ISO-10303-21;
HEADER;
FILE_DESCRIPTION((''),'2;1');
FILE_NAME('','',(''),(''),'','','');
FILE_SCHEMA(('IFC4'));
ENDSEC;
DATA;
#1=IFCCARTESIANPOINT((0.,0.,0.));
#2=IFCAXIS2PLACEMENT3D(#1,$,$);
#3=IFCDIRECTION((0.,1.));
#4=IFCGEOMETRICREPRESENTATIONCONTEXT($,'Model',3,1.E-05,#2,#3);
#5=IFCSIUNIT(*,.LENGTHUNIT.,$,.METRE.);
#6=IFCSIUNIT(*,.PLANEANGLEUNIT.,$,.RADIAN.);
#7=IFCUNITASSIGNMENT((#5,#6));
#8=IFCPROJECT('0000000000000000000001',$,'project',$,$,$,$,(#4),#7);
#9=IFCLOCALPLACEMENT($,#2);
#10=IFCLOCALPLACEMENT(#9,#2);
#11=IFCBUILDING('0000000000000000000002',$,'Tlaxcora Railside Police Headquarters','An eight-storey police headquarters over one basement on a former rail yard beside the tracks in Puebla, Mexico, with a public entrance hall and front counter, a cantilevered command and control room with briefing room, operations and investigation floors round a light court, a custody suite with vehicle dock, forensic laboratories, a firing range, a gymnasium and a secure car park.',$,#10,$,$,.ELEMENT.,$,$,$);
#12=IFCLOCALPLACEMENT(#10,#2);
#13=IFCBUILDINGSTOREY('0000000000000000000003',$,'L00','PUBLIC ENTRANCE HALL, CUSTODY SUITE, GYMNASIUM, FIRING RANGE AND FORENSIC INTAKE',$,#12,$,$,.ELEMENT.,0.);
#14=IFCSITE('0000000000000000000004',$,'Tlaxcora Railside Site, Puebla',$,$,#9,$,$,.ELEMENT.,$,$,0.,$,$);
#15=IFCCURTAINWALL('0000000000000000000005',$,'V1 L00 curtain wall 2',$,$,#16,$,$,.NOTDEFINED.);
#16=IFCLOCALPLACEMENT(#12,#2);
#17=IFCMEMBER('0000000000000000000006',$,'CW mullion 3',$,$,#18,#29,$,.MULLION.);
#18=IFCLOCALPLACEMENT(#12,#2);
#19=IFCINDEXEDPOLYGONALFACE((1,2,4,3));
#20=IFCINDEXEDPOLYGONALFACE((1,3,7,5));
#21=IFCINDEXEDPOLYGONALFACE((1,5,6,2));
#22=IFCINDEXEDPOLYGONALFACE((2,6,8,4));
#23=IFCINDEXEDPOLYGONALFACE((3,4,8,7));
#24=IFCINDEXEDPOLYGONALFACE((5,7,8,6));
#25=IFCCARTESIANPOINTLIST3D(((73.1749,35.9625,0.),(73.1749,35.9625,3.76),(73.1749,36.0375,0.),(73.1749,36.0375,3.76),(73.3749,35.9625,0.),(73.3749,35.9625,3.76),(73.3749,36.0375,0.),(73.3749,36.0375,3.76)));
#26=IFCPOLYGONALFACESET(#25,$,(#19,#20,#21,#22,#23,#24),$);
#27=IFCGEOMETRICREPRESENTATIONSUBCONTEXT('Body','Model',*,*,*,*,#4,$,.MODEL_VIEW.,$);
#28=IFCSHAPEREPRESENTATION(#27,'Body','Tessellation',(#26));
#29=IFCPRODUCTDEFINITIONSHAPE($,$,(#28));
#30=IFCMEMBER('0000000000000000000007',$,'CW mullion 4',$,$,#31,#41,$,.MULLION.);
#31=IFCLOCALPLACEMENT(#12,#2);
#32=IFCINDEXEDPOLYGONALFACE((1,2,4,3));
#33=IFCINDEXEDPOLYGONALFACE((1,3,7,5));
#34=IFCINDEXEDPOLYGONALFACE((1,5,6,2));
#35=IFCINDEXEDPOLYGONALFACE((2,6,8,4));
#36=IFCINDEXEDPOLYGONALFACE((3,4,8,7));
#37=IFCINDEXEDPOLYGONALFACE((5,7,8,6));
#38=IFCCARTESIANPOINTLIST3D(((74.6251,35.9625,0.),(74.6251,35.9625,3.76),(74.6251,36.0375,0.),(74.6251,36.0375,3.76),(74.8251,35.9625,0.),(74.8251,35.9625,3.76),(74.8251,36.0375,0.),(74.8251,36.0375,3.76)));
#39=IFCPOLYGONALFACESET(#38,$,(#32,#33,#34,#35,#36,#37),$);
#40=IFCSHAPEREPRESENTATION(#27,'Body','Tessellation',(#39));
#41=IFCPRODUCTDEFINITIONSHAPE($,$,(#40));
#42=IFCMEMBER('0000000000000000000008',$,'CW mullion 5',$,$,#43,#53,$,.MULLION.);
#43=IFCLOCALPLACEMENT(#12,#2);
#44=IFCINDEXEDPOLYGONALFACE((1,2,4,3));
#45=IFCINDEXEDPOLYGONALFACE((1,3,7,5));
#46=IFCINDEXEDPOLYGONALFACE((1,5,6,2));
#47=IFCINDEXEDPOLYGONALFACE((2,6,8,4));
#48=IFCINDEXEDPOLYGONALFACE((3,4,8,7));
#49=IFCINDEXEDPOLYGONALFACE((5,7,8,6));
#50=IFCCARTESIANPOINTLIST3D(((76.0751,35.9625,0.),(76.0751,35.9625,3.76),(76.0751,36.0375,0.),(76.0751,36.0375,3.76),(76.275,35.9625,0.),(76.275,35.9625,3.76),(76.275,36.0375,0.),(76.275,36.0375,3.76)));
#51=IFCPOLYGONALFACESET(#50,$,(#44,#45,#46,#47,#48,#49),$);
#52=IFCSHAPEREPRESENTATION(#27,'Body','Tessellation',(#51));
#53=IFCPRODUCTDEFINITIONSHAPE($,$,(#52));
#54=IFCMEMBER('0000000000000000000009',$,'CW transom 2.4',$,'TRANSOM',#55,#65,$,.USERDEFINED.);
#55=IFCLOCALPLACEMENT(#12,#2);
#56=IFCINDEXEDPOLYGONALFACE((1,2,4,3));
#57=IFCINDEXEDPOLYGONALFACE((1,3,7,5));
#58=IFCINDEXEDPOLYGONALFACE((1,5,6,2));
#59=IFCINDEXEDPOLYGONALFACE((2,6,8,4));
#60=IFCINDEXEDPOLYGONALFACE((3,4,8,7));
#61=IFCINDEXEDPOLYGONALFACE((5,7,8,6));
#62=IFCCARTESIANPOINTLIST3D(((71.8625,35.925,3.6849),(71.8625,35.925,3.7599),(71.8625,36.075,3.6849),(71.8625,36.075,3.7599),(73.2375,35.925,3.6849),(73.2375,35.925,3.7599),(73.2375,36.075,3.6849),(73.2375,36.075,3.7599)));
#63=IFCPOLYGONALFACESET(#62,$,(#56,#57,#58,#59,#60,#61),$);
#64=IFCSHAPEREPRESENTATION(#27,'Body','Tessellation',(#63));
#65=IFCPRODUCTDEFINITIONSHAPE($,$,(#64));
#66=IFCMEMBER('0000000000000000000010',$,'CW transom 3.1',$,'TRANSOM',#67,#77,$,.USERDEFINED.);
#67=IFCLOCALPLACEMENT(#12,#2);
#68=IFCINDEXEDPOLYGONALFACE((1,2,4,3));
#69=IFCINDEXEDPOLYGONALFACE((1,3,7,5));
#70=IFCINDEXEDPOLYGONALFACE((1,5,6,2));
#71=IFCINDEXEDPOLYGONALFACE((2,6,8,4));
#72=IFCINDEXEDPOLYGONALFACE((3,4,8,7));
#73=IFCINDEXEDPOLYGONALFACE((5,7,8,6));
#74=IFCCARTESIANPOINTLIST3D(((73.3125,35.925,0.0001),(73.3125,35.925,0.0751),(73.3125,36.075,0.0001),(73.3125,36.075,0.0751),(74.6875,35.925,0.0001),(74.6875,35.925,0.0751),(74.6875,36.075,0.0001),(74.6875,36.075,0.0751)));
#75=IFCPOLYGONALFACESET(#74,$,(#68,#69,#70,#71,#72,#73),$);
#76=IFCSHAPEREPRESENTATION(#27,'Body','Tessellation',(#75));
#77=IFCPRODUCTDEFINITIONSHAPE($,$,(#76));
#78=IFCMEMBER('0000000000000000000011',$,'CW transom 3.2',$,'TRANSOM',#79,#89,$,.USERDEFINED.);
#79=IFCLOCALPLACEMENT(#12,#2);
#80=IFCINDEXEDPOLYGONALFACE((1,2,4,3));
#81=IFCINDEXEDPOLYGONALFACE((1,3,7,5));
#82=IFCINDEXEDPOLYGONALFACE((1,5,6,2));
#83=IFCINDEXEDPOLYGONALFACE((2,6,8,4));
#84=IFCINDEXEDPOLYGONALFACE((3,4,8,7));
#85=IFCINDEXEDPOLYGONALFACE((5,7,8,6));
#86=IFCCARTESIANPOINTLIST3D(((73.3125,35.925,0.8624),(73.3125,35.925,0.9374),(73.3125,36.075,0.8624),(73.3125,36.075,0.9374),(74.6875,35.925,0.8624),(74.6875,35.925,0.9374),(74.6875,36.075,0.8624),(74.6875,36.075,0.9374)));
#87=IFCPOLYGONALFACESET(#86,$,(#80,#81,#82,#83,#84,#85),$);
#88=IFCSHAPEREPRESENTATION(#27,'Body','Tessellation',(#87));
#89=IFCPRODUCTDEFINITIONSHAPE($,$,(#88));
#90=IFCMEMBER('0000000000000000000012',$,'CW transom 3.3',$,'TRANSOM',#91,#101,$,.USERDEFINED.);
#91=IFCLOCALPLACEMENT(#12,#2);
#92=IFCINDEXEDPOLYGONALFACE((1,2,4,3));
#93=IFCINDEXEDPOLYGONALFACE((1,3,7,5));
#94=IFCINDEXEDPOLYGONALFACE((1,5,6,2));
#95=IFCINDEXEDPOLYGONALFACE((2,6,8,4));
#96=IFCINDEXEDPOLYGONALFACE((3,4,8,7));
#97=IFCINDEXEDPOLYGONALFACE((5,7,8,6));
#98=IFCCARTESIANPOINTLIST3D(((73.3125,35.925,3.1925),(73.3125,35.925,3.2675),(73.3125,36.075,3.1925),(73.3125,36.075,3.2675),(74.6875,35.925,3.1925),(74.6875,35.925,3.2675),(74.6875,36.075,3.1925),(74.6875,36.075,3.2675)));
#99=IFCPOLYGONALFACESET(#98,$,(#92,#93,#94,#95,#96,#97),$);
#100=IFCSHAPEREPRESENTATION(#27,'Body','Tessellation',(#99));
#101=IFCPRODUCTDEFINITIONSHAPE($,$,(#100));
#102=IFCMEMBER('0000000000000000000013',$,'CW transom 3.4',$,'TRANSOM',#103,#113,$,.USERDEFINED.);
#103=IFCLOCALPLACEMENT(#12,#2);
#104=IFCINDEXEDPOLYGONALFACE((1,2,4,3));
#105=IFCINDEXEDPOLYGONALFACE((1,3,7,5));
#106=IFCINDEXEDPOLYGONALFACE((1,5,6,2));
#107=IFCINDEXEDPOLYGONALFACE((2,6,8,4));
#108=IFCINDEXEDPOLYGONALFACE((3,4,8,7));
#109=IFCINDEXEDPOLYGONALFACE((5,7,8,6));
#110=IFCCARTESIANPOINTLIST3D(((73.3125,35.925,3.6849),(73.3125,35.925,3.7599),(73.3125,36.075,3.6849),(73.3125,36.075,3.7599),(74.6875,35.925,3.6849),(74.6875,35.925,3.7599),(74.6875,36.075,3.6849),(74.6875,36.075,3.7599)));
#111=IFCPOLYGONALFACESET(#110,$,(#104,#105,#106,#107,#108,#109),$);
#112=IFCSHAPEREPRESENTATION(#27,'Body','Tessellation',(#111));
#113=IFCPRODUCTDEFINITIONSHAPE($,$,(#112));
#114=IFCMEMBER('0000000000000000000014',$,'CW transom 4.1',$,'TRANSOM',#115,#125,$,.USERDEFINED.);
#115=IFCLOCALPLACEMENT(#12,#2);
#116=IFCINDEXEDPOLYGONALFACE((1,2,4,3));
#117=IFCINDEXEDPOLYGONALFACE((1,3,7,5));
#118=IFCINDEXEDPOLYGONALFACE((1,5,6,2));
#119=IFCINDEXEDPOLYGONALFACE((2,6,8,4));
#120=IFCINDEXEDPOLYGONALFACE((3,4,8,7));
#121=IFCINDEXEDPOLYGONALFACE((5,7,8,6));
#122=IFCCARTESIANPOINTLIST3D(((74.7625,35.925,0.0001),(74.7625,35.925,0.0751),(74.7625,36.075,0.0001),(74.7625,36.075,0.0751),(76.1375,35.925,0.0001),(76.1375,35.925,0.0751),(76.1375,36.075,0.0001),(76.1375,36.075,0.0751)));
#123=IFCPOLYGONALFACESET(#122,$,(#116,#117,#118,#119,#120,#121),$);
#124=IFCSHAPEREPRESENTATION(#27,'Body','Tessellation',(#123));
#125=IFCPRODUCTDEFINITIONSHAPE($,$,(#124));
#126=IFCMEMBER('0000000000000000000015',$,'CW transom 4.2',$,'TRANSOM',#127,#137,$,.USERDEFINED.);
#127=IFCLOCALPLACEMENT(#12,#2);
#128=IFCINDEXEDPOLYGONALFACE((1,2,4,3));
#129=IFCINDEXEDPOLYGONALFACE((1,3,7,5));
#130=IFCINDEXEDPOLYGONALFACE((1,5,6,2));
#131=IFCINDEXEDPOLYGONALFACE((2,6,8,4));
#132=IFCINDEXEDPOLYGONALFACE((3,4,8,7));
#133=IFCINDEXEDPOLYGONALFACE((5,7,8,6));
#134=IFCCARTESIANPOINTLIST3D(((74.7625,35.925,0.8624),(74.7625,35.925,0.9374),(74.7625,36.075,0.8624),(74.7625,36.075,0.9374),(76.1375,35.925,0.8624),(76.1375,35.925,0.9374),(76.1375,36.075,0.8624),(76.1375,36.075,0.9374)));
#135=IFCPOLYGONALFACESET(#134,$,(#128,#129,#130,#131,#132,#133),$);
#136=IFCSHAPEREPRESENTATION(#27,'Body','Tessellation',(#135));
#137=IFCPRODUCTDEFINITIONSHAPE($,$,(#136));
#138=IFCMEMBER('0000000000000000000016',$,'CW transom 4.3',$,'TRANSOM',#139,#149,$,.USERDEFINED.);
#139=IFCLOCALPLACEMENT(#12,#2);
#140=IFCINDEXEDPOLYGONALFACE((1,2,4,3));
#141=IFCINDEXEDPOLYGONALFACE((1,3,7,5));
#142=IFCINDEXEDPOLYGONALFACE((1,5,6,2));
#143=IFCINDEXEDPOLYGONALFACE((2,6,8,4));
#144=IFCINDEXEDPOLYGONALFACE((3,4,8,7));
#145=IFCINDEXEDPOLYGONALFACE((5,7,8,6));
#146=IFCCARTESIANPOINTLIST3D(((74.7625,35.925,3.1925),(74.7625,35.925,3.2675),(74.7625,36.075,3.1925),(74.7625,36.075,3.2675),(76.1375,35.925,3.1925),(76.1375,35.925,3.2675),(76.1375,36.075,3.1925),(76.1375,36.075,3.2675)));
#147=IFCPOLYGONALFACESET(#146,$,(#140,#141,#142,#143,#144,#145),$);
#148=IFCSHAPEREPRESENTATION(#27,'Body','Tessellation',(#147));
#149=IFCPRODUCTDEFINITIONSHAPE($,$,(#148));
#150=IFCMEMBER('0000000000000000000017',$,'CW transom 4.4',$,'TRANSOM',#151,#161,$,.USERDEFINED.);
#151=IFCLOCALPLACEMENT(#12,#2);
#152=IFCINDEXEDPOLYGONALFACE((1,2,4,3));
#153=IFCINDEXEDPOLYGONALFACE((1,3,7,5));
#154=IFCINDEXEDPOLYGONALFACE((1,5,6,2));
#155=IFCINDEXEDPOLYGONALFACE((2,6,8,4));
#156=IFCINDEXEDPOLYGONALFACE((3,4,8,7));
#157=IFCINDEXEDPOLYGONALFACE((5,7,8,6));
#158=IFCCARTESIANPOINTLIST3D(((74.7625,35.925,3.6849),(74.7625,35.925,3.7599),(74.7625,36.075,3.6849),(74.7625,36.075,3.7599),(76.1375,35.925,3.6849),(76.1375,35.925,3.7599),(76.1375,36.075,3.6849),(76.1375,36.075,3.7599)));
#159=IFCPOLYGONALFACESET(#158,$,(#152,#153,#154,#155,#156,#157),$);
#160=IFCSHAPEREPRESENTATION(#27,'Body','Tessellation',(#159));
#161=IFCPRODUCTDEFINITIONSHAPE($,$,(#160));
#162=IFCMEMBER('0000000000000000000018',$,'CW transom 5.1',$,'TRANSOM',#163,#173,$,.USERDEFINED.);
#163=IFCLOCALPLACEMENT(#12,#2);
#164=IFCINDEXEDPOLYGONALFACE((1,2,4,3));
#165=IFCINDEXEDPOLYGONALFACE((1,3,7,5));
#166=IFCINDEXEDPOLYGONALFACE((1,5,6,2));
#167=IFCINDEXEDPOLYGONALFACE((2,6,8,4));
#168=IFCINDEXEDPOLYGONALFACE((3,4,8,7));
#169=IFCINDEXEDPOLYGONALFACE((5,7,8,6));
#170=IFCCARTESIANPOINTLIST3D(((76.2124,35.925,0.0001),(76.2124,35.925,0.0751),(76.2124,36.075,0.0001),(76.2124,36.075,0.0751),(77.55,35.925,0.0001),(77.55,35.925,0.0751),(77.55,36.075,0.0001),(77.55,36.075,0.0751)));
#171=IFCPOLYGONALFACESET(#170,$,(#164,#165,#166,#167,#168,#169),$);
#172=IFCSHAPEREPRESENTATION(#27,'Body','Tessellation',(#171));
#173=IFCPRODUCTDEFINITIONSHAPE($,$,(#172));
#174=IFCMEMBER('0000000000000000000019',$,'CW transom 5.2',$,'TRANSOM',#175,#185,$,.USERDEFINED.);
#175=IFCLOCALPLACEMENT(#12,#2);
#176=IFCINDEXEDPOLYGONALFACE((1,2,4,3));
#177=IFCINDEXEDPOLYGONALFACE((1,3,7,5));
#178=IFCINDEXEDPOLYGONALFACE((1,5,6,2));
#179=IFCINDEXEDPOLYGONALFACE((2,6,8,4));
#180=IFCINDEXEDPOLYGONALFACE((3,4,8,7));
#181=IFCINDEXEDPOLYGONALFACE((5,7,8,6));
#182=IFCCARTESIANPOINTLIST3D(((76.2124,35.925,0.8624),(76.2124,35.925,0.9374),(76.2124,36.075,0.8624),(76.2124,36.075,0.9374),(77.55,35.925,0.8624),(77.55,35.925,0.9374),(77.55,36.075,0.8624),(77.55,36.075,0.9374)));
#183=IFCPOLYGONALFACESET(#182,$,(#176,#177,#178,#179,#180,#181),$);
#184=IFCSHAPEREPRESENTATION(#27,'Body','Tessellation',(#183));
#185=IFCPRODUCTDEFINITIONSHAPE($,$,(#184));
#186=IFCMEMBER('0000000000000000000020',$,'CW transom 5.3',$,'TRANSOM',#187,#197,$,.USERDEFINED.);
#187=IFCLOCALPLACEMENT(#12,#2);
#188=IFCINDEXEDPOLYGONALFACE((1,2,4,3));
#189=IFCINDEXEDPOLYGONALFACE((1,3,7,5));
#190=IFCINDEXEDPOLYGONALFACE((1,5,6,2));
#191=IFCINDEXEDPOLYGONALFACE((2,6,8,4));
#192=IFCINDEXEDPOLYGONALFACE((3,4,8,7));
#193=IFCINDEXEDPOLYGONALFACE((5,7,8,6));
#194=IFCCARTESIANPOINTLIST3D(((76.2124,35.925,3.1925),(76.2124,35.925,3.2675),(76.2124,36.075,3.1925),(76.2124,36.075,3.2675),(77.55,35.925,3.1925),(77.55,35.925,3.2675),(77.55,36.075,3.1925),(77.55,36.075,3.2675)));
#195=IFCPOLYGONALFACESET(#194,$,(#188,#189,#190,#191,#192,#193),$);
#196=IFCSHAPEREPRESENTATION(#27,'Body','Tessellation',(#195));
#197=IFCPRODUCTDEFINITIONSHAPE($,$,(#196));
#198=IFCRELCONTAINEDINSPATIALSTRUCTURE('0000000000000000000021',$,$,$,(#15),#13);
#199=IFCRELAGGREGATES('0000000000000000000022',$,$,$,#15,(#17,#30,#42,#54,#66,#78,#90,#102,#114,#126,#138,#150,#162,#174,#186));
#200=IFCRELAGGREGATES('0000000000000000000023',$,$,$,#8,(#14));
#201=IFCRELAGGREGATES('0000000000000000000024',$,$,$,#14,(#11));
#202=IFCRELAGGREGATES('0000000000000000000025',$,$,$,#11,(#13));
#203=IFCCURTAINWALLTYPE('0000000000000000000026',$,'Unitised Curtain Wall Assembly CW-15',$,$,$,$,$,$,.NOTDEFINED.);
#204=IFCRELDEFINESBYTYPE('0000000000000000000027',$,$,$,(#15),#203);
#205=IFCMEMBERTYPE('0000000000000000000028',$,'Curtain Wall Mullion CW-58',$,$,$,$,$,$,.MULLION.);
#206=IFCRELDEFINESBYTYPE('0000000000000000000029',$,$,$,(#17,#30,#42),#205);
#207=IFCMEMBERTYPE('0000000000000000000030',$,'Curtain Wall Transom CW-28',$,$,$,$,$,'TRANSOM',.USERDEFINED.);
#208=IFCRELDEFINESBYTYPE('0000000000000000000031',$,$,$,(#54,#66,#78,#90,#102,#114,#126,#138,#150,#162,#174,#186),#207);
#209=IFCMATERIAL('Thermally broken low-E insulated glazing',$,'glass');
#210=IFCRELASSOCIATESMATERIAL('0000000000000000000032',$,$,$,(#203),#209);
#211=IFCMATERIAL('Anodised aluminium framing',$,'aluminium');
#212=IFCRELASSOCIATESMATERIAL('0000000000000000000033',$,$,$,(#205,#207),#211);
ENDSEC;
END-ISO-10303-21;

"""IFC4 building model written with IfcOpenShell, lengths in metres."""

from ifc_helpers import new_model, si_unit, direction, frame, origin, origin_2d, place, context, subcontext, project, spatial, rectangle, extrude, material, material_profile, profile_set, type_object, element, aggregate, save


model = new_model("IFC4")

# Units and contexts
model_context = context("Model", 3, precision=1e-05, world=origin(), true_north=direction((0.0, 1.0)))
body_context = subcontext(model_context, "Body", "Model", "MODEL_VIEW")
ifc_project = project(units=[si_unit("LENGTHUNIT", "METRE"), si_unit("PLANEANGLEUNIT", "RADIAN")], contexts=[model_context])

# Site, building, storey
site_placement = place(None, origin())
site = spatial("IfcSite", under=ifc_project, at=site_placement, Name="Tlaxcora Railside Site, Puebla", CompositionType="ELEMENT", RefElevation=0.0)
building_placement = place(site_placement, origin())
building = spatial("IfcBuilding", under=site, at=building_placement, Name="Tlaxcora Railside Police Headquarters", Description="An eight-storey police headquarters over one basement on a former rail yard beside the tracks in Puebla, Mexico, with a public entrance hall and front counter, a cantilevered command and control room with briefing room, operations and investigation floors round a light court, a custody suite with vehicle dock, forensic laboratories, a firing range, a gymnasium and a secure car park.", CompositionType="ELEMENT")
storey_placement = place(building_placement, origin())
storey = spatial("IfcBuildingStorey", under=building, at=storey_placement, Name="L00", Description="PUBLIC ENTRANCE HALL, CUSTODY SUITE, GYMNASIUM, FIRING RANGE AND FORENSIC INTAKE", CompositionType="ELEMENT", Elevation=0.0)

# Curtain wall, members
ifc_material_1 = material(Name="Thermally broken low-E insulated glazing", Category="glass")
curtain_wall_type = type_object("IfcCurtainWallType", Name="Unitised Curtain Wall Assembly CW-15", PredefinedType="NOTDEFINED", material=ifc_material_1)
curtain_wall_placement = place(storey_placement, origin())
curtain_wall = element("IfcCurtainWall", 1, at=curtain_wall_placement, inside=storey, type_object=curtain_wall_type, Name="V1 L00 curtain wall 2", PredefinedType="NOTDEFINED")
ifc_material_2 = material(Name="Anodised aluminium framing", Category="aluminium")
ifc_material_profile_1 = material_profile(ifc_material_2, rectangle(XDim=0.075, YDim=0.2, at=origin_2d()), Name="AL75X200")
ifc_profile_set_1 = profile_set([ifc_material_profile_1], Name="Anodised aluminium framing")
member_type_1 = type_object("IfcMemberType", Name="Curtain Wall Mullion CW-58", PredefinedType="MULLION", material=ifc_profile_set_1)
member_1_placement = place(storey_placement, frame((73.2749, 36.0, 0.0), z_axis=(0.0, 0.0, 1.0), x_axis=(0.0, 1.0, 0.0)))
member_1 = element("IfcMember", 2, at=member_1_placement, type_object=member_type_1, Name="CW mullion 3", PredefinedType="MULLION", context=body_context, shape_type="SweptSolid", body=[
    extrude(rectangle(XDim=0.075, YDim=0.2, at=origin_2d()), origin(), (0.0, 0.0, 1.0), 3.76),
])
member_2_placement = place(storey_placement, frame((74.7251, 36.0, 0.0), z_axis=(0.0, 0.0, 1.0), x_axis=(0.0, 1.0, 0.0)))
member_2 = element("IfcMember", 3, at=member_2_placement, type_object=member_type_1, Name="CW mullion 4", PredefinedType="MULLION", context=body_context, shape_type="SweptSolid", body=[
    extrude(rectangle(XDim=0.075, YDim=0.2, at=origin_2d()), origin(), (0.0, 0.0, 1.0), 3.76),
])
member_3_placement = place(storey_placement, frame((76.175, 36.0, 0.0), z_axis=(0.0, 0.0, 1.0), x_axis=(0.0, 1.0, 0.0)))
member_3 = element("IfcMember", 4, at=member_3_placement, type_object=member_type_1, Name="CW mullion 5", PredefinedType="MULLION", context=body_context, shape_type="SweptSolid", body=[
    extrude(rectangle(XDim=0.075, YDim=0.2, at=origin_2d()), origin(), (0.0, 0.0, 1.0), 3.76),
])
ifc_material_profile_2 = material_profile(ifc_material_2, rectangle(XDim=0.1499, YDim=0.075, at=origin_2d()), Name="AL75X150")
ifc_profile_set_2 = profile_set([ifc_material_profile_2], Name="Anodised aluminium framing")
member_type_2 = type_object("IfcMemberType", Name="Curtain Wall Transom CW-28", ElementType="TRANSOM", PredefinedType="USERDEFINED", material=ifc_profile_set_2)
member_4_placement = place(storey_placement, frame((71.8625, 36.0, 3.7224), z_axis=(1.0, 0.0, 0.0), x_axis=(0.0, 1.0, 0.0)))
member_4 = element("IfcMember", 5, at=member_4_placement, type_object=member_type_2, Name="CW transom 2.4", ObjectType="TRANSOM", PredefinedType="USERDEFINED", context=body_context, shape_type="SweptSolid", body=[
    extrude(rectangle(XDim=0.1499, YDim=0.075, at=origin_2d()), origin(), (0.0, 0.0, 1.0), 1.375),
])
member_5_placement = place(storey_placement, frame((73.3125, 36.0, 0.0376), z_axis=(1.0, 0.0, 0.0), x_axis=(0.0, 1.0, 0.0)))
member_5 = element("IfcMember", 6, at=member_5_placement, type_object=member_type_2, Name="CW transom 3.1", ObjectType="TRANSOM", PredefinedType="USERDEFINED", context=body_context, shape_type="SweptSolid", body=[
    extrude(rectangle(XDim=0.1499, YDim=0.075, at=origin_2d()), origin(), (0.0, 0.0, 1.0), 1.375),
])
member_6_placement = place(storey_placement, frame((73.3125, 36.0, 0.8999), z_axis=(1.0, 0.0, 0.0), x_axis=(0.0, 1.0, 0.0)))
member_6 = element("IfcMember", 7, at=member_6_placement, type_object=member_type_2, Name="CW transom 3.2", ObjectType="TRANSOM", PredefinedType="USERDEFINED", context=body_context, shape_type="SweptSolid", body=[
    extrude(rectangle(XDim=0.1499, YDim=0.075, at=origin_2d()), origin(), (0.0, 0.0, 1.0), 1.375),
])
member_7_placement = place(storey_placement, frame((73.3125, 36.0, 3.23), z_axis=(1.0, 0.0, 0.0), x_axis=(0.0, 1.0, 0.0)))
member_7 = element("IfcMember", 8, at=member_7_placement, type_object=member_type_2, Name="CW transom 3.3", ObjectType="TRANSOM", PredefinedType="USERDEFINED", context=body_context, shape_type="SweptSolid", body=[
    extrude(rectangle(XDim=0.1499, YDim=0.075, at=origin_2d()), origin(), (0.0, 0.0, 1.0), 1.375),
])
member_8_placement = place(storey_placement, frame((73.3125, 36.0, 3.7224), z_axis=(1.0, 0.0, 0.0), x_axis=(0.0, 1.0, 0.0)))
member_8 = element("IfcMember", 9, at=member_8_placement, type_object=member_type_2, Name="CW transom 3.4", ObjectType="TRANSOM", PredefinedType="USERDEFINED", context=body_context, shape_type="SweptSolid", body=[
    extrude(rectangle(XDim=0.1499, YDim=0.075, at=origin_2d()), origin(), (0.0, 0.0, 1.0), 1.375),
])
member_9_placement = place(storey_placement, frame((74.7625, 36.0, 0.0376), z_axis=(1.0, 0.0, 0.0), x_axis=(0.0, 1.0, 0.0)))
member_9 = element("IfcMember", 10, at=member_9_placement, type_object=member_type_2, Name="CW transom 4.1", ObjectType="TRANSOM", PredefinedType="USERDEFINED", context=body_context, shape_type="SweptSolid", body=[
    extrude(rectangle(XDim=0.1499, YDim=0.075, at=origin_2d()), origin(), (0.0, 0.0, 1.0), 1.375),
])
member_10_placement = place(storey_placement, frame((74.7625, 36.0, 0.8999), z_axis=(1.0, 0.0, 0.0), x_axis=(0.0, 1.0, 0.0)))
member_10 = element("IfcMember", 11, at=member_10_placement, type_object=member_type_2, Name="CW transom 4.2", ObjectType="TRANSOM", PredefinedType="USERDEFINED", context=body_context, shape_type="SweptSolid", body=[
    extrude(rectangle(XDim=0.1499, YDim=0.075, at=origin_2d()), origin(), (0.0, 0.0, 1.0), 1.375),
])
member_11_placement = place(storey_placement, frame((74.7625, 36.0, 3.23), z_axis=(1.0, 0.0, 0.0), x_axis=(0.0, 1.0, 0.0)))
member_11 = element("IfcMember", 12, at=member_11_placement, type_object=member_type_2, Name="CW transom 4.3", ObjectType="TRANSOM", PredefinedType="USERDEFINED", context=body_context, shape_type="SweptSolid", body=[
    extrude(rectangle(XDim=0.1499, YDim=0.075, at=origin_2d()), origin(), (0.0, 0.0, 1.0), 1.375),
])
member_12_placement = place(storey_placement, frame((74.7625, 36.0, 3.7224), z_axis=(1.0, 0.0, 0.0), x_axis=(0.0, 1.0, 0.0)))
member_12 = element("IfcMember", 13, at=member_12_placement, type_object=member_type_2, Name="CW transom 4.4", ObjectType="TRANSOM", PredefinedType="USERDEFINED", context=body_context, shape_type="SweptSolid", body=[
    extrude(rectangle(XDim=0.1499, YDim=0.075, at=origin_2d()), origin(), (0.0, 0.0, 1.0), 1.375),
])
member_13_placement = place(storey_placement, frame((76.2124, 36.0, 0.0376), z_axis=(1.0, 0.0, 0.0), x_axis=(0.0, 1.0, 0.0)))
member_13 = element("IfcMember", 14, at=member_13_placement, type_object=member_type_2, Name="CW transom 5.1", ObjectType="TRANSOM", PredefinedType="USERDEFINED", context=body_context, shape_type="SweptSolid", body=[
    extrude(rectangle(XDim=0.1499, YDim=0.075, at=origin_2d()), origin(), (0.0, 0.0, 1.0), 1.3376),
])
member_14_placement = place(storey_placement, frame((76.2124, 36.0, 0.8999), z_axis=(1.0, 0.0, 0.0), x_axis=(0.0, 1.0, 0.0)))
member_14 = element("IfcMember", 15, at=member_14_placement, type_object=member_type_2, Name="CW transom 5.2", ObjectType="TRANSOM", PredefinedType="USERDEFINED", context=body_context, shape_type="SweptSolid", body=[
    extrude(rectangle(XDim=0.1499, YDim=0.075, at=origin_2d()), origin(), (0.0, 0.0, 1.0), 1.3376),
])
member_15_placement = place(storey_placement, frame((76.2124, 36.0, 3.23), z_axis=(1.0, 0.0, 0.0), x_axis=(0.0, 1.0, 0.0)))
member_15 = element("IfcMember", 16, at=member_15_placement, type_object=member_type_2, Name="CW transom 5.3", ObjectType="TRANSOM", PredefinedType="USERDEFINED", context=body_context, shape_type="SweptSolid", body=[
    extrude(rectangle(XDim=0.1499, YDim=0.075, at=origin_2d()), origin(), (0.0, 0.0, 1.0), 1.3376),
])
aggregate(curtain_wall, [member_1, member_2, member_3, member_4, member_5, member_6, member_7, member_8, member_9, member_10, member_11, member_12, member_13, member_14, member_15])

save(model, "model.ifc")
